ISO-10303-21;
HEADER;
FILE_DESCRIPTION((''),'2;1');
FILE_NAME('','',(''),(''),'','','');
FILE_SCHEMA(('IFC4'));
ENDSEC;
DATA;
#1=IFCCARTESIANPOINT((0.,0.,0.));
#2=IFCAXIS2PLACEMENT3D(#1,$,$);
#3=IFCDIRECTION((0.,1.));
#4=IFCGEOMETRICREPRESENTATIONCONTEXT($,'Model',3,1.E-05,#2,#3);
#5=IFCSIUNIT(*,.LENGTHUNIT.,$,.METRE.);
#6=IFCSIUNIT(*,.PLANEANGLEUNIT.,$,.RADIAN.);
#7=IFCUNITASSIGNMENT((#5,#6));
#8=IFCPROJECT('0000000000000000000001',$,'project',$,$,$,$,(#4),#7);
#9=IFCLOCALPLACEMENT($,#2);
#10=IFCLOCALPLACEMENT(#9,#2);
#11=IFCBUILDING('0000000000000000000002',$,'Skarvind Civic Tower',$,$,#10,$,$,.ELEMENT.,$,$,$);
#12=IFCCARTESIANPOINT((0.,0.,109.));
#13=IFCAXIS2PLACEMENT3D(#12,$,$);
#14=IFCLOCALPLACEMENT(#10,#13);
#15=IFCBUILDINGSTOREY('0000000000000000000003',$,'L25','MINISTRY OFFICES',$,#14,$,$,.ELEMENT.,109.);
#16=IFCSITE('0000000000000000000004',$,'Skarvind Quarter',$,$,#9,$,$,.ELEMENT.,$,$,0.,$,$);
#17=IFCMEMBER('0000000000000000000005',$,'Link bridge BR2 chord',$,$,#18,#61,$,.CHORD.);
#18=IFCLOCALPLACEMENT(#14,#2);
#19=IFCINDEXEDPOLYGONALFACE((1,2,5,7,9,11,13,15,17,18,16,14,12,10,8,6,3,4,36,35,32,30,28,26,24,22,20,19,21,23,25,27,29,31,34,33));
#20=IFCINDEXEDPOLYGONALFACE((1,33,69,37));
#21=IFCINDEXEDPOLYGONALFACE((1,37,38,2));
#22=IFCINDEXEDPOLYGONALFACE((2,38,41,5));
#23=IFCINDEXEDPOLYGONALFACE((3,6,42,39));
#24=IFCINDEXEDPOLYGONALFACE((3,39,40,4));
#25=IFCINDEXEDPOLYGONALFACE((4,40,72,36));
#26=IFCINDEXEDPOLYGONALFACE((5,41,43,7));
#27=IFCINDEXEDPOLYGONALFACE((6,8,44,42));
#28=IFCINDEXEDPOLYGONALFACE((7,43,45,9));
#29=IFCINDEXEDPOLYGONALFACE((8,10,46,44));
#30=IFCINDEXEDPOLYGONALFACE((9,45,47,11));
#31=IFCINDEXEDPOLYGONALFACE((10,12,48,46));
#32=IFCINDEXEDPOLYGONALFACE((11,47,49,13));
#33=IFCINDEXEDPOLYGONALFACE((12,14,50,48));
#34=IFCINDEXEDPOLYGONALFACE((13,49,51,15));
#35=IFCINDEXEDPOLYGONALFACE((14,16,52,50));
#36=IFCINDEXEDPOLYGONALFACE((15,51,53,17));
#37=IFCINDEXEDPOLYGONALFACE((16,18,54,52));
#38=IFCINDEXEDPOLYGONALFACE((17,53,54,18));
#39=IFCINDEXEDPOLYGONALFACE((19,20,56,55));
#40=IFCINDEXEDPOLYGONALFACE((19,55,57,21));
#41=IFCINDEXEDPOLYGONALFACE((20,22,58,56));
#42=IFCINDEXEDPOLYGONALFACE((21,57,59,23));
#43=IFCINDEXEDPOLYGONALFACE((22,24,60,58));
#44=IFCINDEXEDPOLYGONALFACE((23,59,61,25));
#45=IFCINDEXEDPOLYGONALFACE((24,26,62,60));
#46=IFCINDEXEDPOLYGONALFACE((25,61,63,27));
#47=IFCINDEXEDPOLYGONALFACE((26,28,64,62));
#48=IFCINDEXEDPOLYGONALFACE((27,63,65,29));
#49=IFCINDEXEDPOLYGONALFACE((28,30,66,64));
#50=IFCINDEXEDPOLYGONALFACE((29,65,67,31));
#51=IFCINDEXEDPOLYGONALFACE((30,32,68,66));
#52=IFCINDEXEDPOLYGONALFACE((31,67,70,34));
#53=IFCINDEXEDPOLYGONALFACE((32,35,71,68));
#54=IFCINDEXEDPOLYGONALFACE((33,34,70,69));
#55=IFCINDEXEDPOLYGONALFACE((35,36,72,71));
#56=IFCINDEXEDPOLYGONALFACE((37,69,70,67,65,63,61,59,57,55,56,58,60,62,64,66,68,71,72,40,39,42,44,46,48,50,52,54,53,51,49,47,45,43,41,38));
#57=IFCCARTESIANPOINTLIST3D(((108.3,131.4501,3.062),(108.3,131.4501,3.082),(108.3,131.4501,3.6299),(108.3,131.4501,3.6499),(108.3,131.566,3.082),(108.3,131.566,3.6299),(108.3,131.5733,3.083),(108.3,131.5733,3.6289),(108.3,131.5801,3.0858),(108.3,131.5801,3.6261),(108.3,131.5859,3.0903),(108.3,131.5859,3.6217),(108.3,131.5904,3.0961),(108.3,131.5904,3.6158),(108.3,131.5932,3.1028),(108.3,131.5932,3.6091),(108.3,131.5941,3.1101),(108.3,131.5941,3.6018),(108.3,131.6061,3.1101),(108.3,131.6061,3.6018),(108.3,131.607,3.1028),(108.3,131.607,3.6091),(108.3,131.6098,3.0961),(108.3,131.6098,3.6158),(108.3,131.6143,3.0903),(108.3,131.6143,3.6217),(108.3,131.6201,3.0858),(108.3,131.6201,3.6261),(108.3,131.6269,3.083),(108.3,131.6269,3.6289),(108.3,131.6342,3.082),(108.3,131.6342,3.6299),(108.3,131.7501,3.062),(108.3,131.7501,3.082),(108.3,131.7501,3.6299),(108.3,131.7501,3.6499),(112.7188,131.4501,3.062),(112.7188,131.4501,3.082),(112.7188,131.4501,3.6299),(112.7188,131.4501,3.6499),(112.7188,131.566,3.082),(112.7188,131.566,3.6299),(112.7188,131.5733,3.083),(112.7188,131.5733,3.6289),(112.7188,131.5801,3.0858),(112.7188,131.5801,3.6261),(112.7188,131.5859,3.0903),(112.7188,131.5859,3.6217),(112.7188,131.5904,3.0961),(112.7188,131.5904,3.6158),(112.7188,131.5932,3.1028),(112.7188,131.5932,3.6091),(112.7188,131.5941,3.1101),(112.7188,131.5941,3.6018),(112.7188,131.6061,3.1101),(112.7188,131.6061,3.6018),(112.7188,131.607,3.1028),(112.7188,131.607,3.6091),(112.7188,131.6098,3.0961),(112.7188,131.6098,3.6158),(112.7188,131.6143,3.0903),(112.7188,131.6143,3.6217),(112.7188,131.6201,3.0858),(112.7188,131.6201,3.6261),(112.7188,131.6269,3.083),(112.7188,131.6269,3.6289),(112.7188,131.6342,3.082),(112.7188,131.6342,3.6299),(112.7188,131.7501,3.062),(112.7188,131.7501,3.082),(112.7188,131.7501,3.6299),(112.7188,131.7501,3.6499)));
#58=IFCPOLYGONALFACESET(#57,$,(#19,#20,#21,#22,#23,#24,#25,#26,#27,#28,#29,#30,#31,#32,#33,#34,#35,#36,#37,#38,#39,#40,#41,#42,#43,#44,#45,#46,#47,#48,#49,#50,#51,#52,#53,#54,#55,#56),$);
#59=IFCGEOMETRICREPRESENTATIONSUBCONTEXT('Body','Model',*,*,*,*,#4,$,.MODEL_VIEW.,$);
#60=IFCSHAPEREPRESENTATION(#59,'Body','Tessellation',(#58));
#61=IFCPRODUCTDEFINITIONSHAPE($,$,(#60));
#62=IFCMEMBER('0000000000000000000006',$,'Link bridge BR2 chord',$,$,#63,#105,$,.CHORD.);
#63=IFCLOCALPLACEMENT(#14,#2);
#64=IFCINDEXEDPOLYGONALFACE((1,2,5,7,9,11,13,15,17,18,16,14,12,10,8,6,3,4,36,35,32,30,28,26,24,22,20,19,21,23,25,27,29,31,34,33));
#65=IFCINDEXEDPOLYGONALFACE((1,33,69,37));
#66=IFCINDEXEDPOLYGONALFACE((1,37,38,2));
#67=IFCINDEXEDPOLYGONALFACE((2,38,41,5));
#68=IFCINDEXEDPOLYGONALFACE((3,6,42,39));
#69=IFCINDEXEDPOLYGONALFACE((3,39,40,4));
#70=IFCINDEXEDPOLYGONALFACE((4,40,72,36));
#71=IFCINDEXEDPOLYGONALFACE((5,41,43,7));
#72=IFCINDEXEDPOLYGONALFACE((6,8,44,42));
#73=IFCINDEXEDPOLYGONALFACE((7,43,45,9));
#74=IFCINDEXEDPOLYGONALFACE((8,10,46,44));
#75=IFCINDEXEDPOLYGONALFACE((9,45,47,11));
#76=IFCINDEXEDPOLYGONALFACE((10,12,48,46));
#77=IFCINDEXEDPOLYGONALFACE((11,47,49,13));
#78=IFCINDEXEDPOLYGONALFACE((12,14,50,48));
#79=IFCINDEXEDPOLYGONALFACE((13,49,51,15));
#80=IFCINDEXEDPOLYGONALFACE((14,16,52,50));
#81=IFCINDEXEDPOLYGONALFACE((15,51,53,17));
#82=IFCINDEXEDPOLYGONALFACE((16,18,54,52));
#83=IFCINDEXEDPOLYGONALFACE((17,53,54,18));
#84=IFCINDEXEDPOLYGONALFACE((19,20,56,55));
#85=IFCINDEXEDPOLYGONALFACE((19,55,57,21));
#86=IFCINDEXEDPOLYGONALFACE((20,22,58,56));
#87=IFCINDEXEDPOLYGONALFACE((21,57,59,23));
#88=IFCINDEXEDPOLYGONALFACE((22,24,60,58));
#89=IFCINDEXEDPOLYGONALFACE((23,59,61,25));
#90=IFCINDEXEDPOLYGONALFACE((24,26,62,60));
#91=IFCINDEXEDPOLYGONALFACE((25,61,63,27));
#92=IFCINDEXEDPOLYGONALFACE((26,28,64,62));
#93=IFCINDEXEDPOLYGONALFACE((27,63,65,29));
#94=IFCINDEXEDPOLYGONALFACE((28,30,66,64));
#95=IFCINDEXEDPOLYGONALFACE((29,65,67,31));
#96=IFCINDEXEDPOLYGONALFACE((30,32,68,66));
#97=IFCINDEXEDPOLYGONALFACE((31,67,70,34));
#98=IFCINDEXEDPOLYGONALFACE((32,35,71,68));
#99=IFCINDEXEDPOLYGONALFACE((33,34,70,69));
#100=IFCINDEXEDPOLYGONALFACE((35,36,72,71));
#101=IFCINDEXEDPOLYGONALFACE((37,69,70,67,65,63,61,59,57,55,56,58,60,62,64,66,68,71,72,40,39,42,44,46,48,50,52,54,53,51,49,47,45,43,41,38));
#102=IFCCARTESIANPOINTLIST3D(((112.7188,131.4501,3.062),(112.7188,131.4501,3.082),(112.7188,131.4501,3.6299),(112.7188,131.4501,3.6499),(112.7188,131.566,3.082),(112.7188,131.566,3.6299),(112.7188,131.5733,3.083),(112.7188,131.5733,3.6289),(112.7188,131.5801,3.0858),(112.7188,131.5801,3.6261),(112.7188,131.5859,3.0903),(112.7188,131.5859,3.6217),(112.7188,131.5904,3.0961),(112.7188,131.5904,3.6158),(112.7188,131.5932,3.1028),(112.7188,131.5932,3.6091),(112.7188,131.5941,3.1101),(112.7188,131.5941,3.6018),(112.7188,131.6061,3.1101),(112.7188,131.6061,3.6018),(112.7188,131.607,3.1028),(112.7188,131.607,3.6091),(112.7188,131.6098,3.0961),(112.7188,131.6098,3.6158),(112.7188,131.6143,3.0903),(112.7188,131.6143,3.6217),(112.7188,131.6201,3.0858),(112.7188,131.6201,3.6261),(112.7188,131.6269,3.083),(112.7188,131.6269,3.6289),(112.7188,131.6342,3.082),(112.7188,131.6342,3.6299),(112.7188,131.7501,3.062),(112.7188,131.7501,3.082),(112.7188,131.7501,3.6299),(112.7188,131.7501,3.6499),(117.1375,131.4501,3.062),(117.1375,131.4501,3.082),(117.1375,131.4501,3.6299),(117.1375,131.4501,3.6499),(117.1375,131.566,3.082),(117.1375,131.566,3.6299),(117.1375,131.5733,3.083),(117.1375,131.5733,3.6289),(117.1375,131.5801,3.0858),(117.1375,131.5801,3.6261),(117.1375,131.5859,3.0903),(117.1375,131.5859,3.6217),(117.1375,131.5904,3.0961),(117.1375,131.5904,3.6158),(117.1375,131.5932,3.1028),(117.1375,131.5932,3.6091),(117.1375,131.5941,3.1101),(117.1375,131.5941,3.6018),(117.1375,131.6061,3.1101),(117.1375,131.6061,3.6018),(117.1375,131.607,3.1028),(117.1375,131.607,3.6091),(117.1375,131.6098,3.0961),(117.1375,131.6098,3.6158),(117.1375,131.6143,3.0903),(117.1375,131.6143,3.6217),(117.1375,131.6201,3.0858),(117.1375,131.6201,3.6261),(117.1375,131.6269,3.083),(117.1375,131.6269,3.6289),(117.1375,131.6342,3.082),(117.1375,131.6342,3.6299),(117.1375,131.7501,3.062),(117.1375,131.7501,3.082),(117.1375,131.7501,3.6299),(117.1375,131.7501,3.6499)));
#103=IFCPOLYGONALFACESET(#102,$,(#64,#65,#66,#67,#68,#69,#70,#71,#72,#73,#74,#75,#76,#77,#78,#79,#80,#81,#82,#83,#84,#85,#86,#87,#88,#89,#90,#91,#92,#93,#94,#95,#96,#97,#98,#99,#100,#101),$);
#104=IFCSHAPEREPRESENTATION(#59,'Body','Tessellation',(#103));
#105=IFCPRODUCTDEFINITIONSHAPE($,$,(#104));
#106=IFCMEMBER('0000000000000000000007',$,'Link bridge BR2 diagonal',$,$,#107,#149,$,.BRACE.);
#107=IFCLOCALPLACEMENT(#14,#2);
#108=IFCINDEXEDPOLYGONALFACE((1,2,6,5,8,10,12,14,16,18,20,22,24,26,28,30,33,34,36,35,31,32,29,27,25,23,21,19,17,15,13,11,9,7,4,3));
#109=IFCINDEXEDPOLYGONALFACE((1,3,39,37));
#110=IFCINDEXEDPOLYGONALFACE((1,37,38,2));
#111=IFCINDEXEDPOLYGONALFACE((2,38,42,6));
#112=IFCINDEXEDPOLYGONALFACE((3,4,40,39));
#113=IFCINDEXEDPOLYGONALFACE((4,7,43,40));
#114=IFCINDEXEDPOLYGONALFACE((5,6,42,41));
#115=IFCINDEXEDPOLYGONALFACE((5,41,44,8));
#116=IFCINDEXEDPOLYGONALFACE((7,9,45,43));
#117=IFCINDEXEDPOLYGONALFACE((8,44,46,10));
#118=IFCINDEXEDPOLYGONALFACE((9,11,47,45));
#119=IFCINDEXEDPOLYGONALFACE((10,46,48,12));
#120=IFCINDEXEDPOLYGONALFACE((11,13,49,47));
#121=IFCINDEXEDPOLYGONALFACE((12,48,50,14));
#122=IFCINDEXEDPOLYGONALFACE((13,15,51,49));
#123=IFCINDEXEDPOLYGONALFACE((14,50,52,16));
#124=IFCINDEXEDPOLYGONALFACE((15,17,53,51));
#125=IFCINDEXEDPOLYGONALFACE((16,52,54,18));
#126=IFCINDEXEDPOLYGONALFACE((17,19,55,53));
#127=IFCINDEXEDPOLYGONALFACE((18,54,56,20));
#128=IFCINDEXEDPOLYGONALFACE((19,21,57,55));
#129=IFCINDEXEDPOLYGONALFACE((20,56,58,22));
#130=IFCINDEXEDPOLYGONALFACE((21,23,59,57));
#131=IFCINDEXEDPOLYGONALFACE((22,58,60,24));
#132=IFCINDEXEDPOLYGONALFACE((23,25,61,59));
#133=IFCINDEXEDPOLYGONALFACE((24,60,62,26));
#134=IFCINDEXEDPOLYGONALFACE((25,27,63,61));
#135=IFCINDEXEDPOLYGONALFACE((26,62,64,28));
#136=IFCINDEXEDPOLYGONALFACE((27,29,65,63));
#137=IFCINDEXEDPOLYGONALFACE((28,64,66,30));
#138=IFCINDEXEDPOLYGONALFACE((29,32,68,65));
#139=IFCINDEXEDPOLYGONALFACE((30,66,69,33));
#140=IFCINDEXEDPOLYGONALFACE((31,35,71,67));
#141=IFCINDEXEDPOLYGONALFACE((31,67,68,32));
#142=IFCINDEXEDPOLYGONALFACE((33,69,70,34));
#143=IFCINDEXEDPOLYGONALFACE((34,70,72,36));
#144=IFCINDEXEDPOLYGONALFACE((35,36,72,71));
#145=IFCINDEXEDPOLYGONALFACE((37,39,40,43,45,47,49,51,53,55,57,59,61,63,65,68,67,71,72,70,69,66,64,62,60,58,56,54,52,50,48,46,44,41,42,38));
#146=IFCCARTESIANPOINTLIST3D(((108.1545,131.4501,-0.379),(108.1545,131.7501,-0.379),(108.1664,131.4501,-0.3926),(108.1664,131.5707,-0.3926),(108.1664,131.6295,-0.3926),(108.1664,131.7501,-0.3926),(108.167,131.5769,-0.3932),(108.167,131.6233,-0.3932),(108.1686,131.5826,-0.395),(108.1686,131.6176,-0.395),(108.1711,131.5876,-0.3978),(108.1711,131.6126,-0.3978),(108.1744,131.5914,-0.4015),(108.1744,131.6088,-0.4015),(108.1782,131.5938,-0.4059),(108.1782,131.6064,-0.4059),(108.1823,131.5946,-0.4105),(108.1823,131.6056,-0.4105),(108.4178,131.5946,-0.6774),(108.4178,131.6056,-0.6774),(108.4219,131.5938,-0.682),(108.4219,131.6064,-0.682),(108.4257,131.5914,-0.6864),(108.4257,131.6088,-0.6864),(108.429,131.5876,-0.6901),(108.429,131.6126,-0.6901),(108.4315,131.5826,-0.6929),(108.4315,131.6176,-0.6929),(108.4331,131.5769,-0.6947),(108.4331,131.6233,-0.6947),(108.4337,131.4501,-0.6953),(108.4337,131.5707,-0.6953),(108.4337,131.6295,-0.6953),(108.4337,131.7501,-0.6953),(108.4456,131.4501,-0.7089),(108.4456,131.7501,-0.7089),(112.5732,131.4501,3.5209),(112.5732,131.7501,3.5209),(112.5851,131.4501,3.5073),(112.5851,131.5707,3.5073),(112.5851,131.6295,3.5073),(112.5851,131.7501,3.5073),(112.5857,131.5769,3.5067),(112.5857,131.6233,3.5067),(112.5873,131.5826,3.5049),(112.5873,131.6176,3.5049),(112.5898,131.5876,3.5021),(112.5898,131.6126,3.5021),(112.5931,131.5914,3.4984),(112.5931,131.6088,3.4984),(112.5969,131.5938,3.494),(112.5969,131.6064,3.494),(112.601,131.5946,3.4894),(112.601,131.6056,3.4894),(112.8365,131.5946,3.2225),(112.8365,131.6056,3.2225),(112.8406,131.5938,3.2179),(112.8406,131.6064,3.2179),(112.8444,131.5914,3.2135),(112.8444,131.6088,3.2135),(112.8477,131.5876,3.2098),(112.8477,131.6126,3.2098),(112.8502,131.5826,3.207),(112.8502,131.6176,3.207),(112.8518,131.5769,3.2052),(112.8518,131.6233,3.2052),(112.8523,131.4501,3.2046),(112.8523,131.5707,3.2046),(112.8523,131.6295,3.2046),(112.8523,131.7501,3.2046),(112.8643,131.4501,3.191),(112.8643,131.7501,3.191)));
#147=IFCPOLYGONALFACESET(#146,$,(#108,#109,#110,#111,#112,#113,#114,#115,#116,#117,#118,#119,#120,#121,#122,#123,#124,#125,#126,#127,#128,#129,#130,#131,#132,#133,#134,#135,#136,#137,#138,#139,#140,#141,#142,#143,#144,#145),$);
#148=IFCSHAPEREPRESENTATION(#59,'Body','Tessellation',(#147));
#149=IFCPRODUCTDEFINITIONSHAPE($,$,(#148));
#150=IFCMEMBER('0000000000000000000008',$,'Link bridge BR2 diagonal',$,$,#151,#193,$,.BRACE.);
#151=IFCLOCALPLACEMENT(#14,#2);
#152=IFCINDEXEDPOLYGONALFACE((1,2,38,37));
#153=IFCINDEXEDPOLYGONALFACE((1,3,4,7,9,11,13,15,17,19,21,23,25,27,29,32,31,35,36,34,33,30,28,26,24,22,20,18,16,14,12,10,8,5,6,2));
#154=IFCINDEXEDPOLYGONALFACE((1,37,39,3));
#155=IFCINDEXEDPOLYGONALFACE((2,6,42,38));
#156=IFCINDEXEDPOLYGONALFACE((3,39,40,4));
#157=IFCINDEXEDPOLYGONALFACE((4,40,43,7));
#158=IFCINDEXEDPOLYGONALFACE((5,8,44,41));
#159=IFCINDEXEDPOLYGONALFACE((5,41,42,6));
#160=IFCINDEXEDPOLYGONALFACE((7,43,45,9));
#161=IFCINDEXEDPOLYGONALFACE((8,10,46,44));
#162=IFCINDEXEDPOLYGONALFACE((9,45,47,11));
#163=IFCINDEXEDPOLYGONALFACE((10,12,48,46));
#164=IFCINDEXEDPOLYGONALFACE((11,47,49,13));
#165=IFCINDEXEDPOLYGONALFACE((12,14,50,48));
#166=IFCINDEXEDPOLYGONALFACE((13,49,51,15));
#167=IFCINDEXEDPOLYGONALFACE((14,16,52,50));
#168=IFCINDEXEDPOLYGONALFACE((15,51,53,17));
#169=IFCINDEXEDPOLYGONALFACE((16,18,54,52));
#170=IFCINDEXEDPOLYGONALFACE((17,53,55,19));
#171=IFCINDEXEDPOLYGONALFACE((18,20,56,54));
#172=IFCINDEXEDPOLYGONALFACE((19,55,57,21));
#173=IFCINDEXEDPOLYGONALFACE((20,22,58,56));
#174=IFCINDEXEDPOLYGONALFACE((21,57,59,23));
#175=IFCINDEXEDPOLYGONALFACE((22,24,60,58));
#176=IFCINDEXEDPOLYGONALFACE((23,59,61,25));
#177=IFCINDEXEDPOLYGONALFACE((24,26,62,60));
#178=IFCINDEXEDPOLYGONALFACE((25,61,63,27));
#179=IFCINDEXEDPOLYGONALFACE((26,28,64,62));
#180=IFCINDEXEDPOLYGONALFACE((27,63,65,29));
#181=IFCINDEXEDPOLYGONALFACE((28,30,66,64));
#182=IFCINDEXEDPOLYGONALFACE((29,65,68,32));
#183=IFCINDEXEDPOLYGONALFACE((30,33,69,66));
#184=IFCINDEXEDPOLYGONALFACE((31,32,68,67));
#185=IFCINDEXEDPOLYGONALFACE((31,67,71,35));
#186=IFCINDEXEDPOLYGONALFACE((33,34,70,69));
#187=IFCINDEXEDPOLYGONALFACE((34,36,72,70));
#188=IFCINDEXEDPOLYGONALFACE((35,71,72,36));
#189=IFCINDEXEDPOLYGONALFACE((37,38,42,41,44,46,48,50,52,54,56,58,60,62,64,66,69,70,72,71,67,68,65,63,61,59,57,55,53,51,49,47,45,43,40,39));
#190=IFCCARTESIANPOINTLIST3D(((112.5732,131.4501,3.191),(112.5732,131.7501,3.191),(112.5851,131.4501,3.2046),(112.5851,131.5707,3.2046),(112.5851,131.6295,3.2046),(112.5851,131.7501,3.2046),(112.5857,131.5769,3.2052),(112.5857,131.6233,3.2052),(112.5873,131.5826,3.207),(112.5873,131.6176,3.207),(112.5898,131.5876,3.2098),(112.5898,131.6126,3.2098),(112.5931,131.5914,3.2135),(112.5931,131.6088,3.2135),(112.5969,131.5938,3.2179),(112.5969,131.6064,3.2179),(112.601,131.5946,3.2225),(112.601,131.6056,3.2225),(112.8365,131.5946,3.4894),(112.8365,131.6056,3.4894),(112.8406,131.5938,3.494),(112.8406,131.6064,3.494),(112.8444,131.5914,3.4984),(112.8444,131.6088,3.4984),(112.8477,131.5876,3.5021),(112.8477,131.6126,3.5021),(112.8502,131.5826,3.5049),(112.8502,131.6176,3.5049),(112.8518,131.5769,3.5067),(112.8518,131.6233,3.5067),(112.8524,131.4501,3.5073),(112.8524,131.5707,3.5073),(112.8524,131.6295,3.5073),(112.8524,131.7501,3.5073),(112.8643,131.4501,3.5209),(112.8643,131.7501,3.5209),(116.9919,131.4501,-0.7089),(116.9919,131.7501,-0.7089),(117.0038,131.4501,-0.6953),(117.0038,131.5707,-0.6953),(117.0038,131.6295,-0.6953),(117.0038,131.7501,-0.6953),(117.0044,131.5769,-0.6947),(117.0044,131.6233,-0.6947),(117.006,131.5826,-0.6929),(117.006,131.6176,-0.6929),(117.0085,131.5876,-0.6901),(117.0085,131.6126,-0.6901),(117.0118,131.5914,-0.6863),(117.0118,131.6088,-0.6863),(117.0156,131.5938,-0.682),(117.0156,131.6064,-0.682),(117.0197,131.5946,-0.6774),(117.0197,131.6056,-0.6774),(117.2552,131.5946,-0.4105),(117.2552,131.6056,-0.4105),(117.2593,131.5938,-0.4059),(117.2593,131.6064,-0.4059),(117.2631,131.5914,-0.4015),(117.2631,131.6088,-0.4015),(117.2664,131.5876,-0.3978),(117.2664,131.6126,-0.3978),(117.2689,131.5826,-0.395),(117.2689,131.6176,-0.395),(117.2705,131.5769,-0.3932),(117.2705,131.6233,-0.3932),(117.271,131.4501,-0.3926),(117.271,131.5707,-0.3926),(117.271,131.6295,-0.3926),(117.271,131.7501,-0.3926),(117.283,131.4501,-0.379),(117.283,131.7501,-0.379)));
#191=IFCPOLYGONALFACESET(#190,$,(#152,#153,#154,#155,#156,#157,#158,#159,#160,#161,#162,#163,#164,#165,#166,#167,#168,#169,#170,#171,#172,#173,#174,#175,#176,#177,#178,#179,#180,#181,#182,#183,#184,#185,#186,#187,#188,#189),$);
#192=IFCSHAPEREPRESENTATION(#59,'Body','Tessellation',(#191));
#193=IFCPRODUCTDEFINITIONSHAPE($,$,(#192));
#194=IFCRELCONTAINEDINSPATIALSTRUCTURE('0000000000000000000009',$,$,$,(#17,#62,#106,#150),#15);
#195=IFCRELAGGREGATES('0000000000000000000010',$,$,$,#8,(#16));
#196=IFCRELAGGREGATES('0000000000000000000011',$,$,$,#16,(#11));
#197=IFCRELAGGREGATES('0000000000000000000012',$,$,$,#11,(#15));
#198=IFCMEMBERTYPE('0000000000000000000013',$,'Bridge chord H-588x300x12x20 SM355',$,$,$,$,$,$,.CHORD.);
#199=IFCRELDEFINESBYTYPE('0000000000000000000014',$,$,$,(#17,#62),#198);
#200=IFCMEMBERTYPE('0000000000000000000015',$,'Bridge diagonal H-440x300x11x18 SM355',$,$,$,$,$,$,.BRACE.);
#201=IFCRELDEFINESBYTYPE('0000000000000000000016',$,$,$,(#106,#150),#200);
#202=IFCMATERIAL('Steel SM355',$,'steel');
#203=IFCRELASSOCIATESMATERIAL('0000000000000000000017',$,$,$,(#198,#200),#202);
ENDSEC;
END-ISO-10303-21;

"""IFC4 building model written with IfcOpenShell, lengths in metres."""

from ifc_helpers import new_model, si_unit, direction, frame, origin, origin_2d, place, context, subcontext, project, spatial, i_section, extrude, material, material_profile, profile_set, type_object, element, save


model = new_model("IFC4")

# Units and contexts
model_context = context("Model", 3, precision=1e-05, world=origin(), true_north=direction((0.0, 1.0)))
body_context = subcontext(model_context, "Body", "Model", "MODEL_VIEW")
ifc_project = project(units=[si_unit("LENGTHUNIT", "METRE"), si_unit("PLANEANGLEUNIT", "RADIAN")], contexts=[model_context])

# Site, building, storey
site_placement = place(None, origin())
site = spatial("IfcSite", under=ifc_project, at=site_placement, Name="Skarvind Quarter", CompositionType="ELEMENT", RefElevation=0.0)
building_placement = place(site_placement, origin())
building = spatial("IfcBuilding", under=site, at=building_placement, Name="Skarvind Civic Tower", CompositionType="ELEMENT")
storey_placement = place(building_placement, frame((0.0, 0.0, 109.0)))
storey = spatial("IfcBuildingStorey", under=building, at=storey_placement, Name="L25", Description="MINISTRY OFFICES", CompositionType="ELEMENT", Elevation=109.0)

# Members
ifc_material_1 = material(Name="Steel SM355", Category="steel")
ifc_material_profile_1 = material_profile(ifc_material_1, i_section(OverallWidth=0.3, OverallDepth=0.5879, WebThickness=0.012, FlangeThickness=0.02, FilletRadius=0.0281, at=origin_2d()), Name="H-588x300x12x20")
ifc_profile_set_1 = profile_set([ifc_material_profile_1], Name="Steel SM355")
member_type_1 = type_object("IfcMemberType", Name="Bridge chord H-588x300x12x20 SM355", PredefinedType="CHORD", material=ifc_profile_set_1)
for number, where, z_axis, x_axis, name in (
    (1, (108.3, 131.6001, 3.356), (1.0, 0.0, 0.0), (0.0, 1.0, 0.0), "Link bridge BR2 chord"),
    (2, (112.7188, 131.6001, 3.356), (1.0, 0.0, 0.0), (0.0, 1.0, 0.0), "Link bridge BR2 chord"),
):
    element("IfcMember", number, at=place(storey_placement, frame(where, z_axis=z_axis, x_axis=x_axis)), inside=storey, type_object=member_type_1, Name=name, PredefinedType="CHORD", context=body_context, shape_type="SweptSolid", body=[
        extrude(i_section(OverallWidth=0.3, OverallDepth=0.5879, WebThickness=0.012, FlangeThickness=0.02, FilletRadius=0.0281, at=origin_2d()), origin(), (0.0, 0.0, 1.0), 4.4187),
    ])
ifc_material_profile_2 = material_profile(ifc_material_1, i_section(OverallWidth=0.3, OverallDepth=0.4399, WebThickness=0.011, FlangeThickness=0.0181, FilletRadius=0.0239, at=origin_2d()), Name="H-440x300x11x18")
ifc_profile_set_2 = profile_set([ifc_material_profile_2], Name="Steel SM355")
member_type_2 = type_object("IfcMemberType", Name="Bridge diagonal H-440x300x11x18 SM355", PredefinedType="BRACE", material=ifc_profile_set_2)
for number, where, z_axis, x_axis, name in (
    (3, (108.3, 131.6001, -0.5439), (0.74975, 0.0, 0.661722), (0.0, 1.0, 0.0), "Link bridge BR2 diagonal"),
    (4, (112.7188, 131.6001, 3.356), (0.74975, 0.0, -0.661722), (0.0, 1.0, 0.0), "Link bridge BR2 diagonal"),
):
    element("IfcMember", number, at=place(storey_placement, frame(where, z_axis=z_axis, x_axis=x_axis)), inside=storey, type_object=member_type_2, Name=name, PredefinedType="BRACE", context=body_context, shape_type="SweptSolid", body=[
        extrude(i_section(OverallWidth=0.3, OverallDepth=0.4399, WebThickness=0.011, FlangeThickness=0.0181, FilletRadius=0.0239, at=origin_2d()), origin(), (0.0, 0.0, 1.0), 5.8936),
    ])

save(model, "model.ifc")
